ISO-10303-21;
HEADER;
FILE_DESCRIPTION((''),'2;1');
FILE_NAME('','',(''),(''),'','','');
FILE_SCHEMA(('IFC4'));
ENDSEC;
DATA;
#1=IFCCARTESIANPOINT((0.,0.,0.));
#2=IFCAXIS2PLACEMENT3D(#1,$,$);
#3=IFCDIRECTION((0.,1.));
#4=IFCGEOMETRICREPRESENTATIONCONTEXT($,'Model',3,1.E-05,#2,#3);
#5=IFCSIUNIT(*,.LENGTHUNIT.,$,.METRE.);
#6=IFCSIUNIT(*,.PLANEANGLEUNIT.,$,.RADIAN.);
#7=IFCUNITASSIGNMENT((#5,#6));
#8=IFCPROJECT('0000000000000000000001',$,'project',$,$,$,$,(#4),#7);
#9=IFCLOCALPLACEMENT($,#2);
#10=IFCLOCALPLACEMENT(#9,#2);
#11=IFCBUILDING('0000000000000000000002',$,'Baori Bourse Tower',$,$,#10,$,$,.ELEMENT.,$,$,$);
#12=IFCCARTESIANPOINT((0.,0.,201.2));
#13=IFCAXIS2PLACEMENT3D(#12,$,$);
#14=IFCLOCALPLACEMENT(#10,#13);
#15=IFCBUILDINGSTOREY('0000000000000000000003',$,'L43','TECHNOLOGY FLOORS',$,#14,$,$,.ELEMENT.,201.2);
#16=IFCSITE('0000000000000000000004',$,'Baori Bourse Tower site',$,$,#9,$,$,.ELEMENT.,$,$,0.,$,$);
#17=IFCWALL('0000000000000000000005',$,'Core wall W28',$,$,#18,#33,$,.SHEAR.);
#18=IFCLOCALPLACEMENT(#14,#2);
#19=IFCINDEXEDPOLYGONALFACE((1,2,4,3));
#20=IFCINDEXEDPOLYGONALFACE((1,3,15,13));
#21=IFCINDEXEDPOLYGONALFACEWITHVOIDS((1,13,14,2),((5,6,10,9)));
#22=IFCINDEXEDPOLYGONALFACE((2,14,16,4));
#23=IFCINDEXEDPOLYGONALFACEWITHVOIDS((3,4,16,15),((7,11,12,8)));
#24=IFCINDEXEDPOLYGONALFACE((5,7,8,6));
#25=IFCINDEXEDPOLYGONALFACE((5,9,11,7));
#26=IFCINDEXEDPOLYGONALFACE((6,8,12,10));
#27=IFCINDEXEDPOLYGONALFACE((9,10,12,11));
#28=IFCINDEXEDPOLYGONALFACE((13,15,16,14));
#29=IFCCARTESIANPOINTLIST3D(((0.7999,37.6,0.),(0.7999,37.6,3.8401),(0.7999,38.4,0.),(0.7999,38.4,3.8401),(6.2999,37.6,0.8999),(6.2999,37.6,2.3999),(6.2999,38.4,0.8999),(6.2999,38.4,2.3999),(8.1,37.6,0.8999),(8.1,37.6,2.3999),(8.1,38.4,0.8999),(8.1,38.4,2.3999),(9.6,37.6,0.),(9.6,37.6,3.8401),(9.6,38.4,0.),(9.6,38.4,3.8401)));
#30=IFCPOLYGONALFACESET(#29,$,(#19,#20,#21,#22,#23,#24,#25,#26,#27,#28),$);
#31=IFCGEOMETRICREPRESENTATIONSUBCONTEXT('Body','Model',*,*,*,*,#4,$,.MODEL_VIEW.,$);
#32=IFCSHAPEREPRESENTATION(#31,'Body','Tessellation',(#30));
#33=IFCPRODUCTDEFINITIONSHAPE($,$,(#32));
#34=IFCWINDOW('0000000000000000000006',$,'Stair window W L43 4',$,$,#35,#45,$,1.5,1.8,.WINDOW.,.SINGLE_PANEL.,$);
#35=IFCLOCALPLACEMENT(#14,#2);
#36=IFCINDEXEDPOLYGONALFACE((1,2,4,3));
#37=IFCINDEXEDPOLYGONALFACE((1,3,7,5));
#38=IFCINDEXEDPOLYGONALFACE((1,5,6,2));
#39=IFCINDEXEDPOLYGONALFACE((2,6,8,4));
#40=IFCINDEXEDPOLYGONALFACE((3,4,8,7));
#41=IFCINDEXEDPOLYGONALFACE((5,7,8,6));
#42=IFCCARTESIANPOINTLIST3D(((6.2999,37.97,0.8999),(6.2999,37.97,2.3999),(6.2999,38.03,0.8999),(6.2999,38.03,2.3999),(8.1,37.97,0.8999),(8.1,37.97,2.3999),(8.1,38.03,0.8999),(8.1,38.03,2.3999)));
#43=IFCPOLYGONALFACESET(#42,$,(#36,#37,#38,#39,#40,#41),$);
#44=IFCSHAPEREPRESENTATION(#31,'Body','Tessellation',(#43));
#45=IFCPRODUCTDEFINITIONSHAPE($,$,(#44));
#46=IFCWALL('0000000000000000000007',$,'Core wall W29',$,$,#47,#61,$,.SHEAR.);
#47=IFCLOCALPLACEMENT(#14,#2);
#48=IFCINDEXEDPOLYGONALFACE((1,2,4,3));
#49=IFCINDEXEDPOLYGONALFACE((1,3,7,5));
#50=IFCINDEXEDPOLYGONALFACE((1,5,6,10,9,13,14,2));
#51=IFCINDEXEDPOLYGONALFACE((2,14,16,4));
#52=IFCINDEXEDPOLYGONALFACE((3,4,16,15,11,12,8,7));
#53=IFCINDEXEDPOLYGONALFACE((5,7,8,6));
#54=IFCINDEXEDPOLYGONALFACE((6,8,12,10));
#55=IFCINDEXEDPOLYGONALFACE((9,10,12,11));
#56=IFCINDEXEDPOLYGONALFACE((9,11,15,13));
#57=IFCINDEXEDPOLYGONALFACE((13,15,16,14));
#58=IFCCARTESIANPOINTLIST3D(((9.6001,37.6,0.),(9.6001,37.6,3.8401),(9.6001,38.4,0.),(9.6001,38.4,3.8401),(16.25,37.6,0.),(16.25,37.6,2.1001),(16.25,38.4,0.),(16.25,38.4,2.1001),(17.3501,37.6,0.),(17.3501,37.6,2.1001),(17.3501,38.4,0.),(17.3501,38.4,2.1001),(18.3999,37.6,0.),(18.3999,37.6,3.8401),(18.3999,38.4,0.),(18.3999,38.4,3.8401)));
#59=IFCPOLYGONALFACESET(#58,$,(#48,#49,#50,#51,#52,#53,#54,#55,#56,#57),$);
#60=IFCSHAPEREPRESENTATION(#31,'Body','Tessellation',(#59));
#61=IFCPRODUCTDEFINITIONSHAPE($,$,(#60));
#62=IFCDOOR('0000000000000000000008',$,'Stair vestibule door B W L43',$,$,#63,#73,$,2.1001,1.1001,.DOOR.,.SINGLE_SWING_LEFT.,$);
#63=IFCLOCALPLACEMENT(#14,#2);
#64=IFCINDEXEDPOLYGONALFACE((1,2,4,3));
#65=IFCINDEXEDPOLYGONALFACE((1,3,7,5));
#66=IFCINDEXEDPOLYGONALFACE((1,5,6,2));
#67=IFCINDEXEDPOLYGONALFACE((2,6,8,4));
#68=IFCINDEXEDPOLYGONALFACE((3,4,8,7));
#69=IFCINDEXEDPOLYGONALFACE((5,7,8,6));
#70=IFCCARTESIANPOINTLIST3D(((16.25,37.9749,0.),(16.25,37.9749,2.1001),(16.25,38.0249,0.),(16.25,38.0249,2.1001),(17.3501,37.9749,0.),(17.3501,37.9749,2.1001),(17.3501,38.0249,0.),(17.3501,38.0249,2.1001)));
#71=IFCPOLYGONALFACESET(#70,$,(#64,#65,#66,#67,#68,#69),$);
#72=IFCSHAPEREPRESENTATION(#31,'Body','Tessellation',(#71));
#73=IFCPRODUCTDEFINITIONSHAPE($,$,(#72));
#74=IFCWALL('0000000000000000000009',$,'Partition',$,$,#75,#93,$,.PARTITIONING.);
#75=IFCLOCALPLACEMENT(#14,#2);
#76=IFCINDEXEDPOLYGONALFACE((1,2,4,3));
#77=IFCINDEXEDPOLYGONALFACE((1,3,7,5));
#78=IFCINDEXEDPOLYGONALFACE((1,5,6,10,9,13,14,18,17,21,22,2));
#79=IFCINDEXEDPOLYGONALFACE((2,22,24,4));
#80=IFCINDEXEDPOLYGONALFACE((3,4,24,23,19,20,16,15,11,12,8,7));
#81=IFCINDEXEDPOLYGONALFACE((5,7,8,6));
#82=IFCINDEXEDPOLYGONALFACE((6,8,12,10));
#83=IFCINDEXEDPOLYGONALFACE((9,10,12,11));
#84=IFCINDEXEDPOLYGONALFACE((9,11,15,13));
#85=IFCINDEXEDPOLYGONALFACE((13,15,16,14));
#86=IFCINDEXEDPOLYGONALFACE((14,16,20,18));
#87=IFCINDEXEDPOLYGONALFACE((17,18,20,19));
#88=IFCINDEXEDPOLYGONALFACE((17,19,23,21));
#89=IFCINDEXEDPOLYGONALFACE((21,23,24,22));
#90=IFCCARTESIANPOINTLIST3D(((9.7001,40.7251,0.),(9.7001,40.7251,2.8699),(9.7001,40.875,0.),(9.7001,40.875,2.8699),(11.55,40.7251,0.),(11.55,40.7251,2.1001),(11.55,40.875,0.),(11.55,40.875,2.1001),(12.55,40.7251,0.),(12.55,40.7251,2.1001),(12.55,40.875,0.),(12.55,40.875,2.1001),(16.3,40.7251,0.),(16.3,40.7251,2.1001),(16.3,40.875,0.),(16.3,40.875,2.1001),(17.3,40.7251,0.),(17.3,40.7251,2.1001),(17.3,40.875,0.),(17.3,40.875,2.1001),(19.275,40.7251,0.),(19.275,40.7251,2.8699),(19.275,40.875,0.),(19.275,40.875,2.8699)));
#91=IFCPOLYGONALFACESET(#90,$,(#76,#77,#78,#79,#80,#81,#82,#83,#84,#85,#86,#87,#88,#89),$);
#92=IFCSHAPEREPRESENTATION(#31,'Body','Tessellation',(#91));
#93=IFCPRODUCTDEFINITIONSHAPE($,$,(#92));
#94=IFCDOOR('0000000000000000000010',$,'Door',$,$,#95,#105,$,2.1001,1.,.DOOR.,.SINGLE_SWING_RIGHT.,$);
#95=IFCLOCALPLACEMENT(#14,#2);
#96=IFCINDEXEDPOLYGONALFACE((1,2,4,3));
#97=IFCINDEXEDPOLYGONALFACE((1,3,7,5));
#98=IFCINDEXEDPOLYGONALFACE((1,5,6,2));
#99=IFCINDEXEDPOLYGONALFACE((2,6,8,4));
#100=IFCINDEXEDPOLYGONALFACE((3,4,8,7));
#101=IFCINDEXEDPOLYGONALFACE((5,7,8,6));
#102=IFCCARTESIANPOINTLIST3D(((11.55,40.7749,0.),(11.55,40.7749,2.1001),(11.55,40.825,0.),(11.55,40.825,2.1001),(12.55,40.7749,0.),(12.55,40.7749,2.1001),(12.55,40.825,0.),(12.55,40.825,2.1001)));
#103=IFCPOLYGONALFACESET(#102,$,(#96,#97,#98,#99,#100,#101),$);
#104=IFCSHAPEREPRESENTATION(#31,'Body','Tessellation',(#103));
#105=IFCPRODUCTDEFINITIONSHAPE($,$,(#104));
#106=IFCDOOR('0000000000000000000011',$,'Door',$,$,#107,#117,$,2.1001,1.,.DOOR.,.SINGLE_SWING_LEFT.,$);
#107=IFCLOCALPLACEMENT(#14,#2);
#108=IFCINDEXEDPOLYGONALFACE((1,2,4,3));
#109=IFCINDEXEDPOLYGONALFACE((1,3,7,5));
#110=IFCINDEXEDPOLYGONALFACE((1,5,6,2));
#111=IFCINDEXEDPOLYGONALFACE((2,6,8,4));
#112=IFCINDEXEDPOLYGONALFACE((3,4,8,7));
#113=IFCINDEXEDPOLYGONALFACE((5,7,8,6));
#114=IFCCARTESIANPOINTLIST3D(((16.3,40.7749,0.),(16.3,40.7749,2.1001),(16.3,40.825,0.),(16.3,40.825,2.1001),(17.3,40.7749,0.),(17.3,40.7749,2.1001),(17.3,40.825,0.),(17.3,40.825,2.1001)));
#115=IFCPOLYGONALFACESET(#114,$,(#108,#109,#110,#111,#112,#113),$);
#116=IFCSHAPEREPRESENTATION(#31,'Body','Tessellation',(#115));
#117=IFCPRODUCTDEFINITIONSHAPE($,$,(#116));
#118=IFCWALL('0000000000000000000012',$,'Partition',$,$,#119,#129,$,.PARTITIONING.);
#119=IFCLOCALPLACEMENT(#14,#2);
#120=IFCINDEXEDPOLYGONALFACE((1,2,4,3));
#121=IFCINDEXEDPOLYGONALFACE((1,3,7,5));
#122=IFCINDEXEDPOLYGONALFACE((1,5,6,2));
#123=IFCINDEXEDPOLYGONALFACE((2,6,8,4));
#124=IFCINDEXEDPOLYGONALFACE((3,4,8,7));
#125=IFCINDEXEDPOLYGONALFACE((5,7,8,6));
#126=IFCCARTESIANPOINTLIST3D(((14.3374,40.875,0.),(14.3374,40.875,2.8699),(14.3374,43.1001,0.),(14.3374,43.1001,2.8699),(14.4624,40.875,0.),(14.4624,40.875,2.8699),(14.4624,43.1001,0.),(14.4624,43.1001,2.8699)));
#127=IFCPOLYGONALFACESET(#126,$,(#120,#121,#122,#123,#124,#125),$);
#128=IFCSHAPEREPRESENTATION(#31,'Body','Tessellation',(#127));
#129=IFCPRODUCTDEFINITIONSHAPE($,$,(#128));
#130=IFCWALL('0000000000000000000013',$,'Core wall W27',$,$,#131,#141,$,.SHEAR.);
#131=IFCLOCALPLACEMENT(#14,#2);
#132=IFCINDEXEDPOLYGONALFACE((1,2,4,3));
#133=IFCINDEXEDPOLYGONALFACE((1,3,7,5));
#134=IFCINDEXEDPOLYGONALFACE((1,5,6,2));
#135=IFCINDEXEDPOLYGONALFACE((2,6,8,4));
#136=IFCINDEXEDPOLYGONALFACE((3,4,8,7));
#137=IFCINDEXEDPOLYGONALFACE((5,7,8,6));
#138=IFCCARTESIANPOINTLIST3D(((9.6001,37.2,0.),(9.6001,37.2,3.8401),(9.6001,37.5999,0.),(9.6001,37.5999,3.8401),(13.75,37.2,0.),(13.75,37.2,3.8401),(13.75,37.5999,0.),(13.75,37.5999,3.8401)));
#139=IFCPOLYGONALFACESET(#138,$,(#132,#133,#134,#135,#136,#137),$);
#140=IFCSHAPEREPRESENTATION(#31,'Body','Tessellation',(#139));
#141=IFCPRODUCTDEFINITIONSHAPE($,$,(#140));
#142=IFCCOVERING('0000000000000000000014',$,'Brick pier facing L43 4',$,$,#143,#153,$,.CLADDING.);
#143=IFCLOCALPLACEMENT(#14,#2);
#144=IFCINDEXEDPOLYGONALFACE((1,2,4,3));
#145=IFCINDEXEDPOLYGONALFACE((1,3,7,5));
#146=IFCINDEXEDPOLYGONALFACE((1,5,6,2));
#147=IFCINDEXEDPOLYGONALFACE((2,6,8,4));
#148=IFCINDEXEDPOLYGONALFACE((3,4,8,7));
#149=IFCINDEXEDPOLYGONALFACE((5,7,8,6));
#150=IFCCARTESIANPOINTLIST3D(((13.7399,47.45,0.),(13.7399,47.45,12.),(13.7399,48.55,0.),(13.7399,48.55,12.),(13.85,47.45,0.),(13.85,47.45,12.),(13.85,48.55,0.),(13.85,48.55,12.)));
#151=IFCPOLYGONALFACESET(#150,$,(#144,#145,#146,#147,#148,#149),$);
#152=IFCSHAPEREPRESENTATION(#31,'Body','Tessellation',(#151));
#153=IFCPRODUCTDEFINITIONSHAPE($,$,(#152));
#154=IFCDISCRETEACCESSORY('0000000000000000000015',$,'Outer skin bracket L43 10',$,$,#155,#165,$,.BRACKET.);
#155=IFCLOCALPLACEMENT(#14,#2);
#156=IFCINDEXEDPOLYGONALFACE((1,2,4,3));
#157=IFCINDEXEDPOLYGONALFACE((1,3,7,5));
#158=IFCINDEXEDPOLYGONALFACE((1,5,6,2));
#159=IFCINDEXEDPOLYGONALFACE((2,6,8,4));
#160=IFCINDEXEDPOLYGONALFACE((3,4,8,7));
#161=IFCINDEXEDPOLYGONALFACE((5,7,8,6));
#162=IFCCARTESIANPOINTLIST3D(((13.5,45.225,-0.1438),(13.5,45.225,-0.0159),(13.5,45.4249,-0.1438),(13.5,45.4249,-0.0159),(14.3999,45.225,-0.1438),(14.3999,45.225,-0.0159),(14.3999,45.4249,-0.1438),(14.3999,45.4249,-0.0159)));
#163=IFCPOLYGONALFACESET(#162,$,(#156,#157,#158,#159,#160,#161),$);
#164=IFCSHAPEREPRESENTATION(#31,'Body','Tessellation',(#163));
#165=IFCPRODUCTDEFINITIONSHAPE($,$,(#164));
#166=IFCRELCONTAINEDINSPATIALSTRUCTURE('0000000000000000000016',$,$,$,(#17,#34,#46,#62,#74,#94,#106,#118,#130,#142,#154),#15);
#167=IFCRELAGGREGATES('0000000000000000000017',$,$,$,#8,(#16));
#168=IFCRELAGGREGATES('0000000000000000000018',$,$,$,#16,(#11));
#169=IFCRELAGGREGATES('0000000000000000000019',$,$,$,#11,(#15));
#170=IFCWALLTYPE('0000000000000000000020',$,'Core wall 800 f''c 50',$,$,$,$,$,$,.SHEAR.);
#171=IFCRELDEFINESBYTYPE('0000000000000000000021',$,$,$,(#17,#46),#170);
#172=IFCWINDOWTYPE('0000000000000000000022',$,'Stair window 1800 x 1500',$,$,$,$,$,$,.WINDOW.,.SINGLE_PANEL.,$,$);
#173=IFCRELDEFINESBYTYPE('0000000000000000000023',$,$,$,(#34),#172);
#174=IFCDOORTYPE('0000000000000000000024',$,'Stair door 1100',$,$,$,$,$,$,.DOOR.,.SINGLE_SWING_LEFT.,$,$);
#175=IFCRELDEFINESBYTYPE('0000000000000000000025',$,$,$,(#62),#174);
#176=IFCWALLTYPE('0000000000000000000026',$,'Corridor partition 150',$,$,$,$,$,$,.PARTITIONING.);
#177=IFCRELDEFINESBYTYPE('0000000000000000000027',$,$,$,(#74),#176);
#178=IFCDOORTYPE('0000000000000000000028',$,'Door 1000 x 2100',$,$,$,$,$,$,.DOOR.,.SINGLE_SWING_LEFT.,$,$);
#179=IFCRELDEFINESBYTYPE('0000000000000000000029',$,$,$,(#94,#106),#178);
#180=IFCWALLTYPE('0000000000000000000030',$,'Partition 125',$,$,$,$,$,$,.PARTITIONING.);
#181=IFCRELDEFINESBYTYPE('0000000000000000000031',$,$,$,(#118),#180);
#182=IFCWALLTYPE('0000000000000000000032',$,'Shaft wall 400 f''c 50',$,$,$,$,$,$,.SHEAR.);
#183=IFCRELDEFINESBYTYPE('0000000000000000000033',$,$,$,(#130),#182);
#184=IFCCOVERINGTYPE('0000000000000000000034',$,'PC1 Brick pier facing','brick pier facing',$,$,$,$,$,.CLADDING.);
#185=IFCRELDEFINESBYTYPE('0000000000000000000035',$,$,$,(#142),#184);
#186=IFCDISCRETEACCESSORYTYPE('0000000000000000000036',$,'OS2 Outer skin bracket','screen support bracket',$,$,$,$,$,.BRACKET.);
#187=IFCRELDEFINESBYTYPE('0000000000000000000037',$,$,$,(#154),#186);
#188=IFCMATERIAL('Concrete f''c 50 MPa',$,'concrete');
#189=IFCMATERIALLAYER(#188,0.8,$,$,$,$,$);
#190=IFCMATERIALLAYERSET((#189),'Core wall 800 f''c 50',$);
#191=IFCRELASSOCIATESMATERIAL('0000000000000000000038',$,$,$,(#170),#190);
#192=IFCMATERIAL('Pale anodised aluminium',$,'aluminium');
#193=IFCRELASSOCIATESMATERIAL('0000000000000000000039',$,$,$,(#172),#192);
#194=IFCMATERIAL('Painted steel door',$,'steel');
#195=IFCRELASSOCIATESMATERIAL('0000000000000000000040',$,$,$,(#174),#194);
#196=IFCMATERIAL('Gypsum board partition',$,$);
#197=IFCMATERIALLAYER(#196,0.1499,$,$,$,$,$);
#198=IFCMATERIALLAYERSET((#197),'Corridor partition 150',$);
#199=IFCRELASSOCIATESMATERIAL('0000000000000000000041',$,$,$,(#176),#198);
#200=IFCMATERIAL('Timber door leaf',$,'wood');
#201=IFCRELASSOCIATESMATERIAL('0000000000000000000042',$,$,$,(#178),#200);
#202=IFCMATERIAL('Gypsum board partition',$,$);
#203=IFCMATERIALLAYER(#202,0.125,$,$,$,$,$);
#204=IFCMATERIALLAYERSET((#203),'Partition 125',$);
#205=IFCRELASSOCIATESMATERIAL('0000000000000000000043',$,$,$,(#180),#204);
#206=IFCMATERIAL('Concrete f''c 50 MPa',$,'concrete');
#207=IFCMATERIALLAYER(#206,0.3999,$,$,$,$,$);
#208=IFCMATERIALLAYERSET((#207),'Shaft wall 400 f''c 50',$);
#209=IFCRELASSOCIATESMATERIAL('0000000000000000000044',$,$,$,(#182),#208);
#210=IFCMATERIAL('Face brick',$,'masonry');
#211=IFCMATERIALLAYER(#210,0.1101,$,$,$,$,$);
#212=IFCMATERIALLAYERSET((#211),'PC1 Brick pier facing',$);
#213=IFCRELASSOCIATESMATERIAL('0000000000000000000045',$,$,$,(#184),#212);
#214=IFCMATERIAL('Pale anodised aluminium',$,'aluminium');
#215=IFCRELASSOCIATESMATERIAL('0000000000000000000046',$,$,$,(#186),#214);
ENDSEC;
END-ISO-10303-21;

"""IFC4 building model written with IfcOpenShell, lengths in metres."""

from ifc_helpers import new_model, si_unit, direction, frame, frame_2d, origin, origin_2d, place, context, subcontext, project, spatial, rectangle, extrude, material, layer, layer_set, type_object, element, fill, save


model = new_model("IFC4")

# Units and contexts
model_context = context("Model", 3, precision=1e-05, world=origin(), true_north=direction((0.0, 1.0)))
body_context = subcontext(model_context, "Body", "Model", "MODEL_VIEW")
ifc_project = project(units=[si_unit("LENGTHUNIT", "METRE"), si_unit("PLANEANGLEUNIT", "RADIAN")], contexts=[model_context])

# Site, building, storey
site_placement = place(None, origin())
site = spatial("IfcSite", under=ifc_project, at=site_placement, Name="Baori Bourse Tower site", CompositionType="ELEMENT", RefElevation=0.0)
building_placement = place(site_placement, origin())
building = spatial("IfcBuilding", under=site, at=building_placement, Name="Baori Bourse Tower", CompositionType="ELEMENT")
storey_placement = place(building_placement, frame((0.0, 0.0, 201.2)))
storey = spatial("IfcBuildingStorey", under=building, at=storey_placement, Name="L43", Description="TECHNOLOGY FLOORS", CompositionType="ELEMENT", Elevation=201.2)

# Wall, opening, window
ifc_material_1 = material(Name="Concrete f'c 50 MPa", Category="concrete")
ifc_layer_1 = layer(ifc_material_1, 0.8)
ifc_layer_set_1 = layer_set([ifc_layer_1], Name="Core wall 800 f'c 50")
wall_type_1 = type_object("IfcWallType", Name="Core wall 800 f'c 50", PredefinedType="SHEAR", material=ifc_layer_set_1)
wall_1_placement = place(storey_placement, frame((0.8, 38.0, 0.0), z_axis=(0.0, 0.0, 1.0), x_axis=(1.0, 0.0, 0.0)))
wall_1 = element("IfcWall", 1, at=wall_1_placement, inside=storey, type_object=wall_type_1, Name="Core wall W28", PredefinedType="SHEAR", context=body_context, shape_type="SweptSolid", body=[
    extrude(rectangle(XDim=8.8, YDim=0.8, at=frame_2d((4.3999, 0.0))), origin(), (0.0, 0.0, 1.0), 3.8401),
])
opening_1_placement = place(wall_1_placement, frame((5.5, 0.0, 0.8999)))
opening_1 = element("IfcOpeningElement", 2, at=opening_1_placement, cuts=wall_1, PredefinedType="OPENING", context=body_context, shape_type="SweptSolid", body=[
    extrude(rectangle(XDim=1.8, YDim=1.5, at=frame_2d((0.8999, 0.75))), frame((0.0, 0.4099, 0.0), z_axis=(0.0, -1.0, 0.0), x_axis=(1.0, 0.0, 0.0)), (0.0, 0.0, 1.0), 0.8201),
])
ifc_material_2 = material(Name="Pale anodised aluminium", Category="aluminium")
window_type = type_object("IfcWindowType", Name="Stair window 1800 x 1500", PartitioningType="SINGLE_PANEL", PredefinedType="WINDOW", material=ifc_material_2)
window_placement = place(opening_1_placement, origin())
window = element("IfcWindow", 3, at=window_placement, inside=storey, type_object=window_type, Name="Stair window W L43 4", OverallHeight=1.5, OverallWidth=1.8, PartitioningType="SINGLE_PANEL", PredefinedType="WINDOW", context=body_context, shape_type="SweptSolid", body=[
    extrude(rectangle(XDim=1.8, YDim=1.5, at=frame_2d((0.8999, 0.75))), frame((0.0, 0.03, 0.0), z_axis=(0.0, -1.0, 0.0), x_axis=(1.0, 0.0, 0.0)), (0.0, 0.0, 1.0), 0.0601),
])
fill(opening_1, window)

# Wall, opening, door
wall_2_placement = place(storey_placement, frame((9.6001, 38.0, 0.0), z_axis=(0.0, 0.0, 1.0), x_axis=(1.0, 0.0, 0.0)))
wall_2 = element("IfcWall", 4, at=wall_2_placement, inside=storey, type_object=wall_type_1, Name="Core wall W29", PredefinedType="SHEAR", context=body_context, shape_type="SweptSolid", body=[
    extrude(rectangle(XDim=8.7998, YDim=0.8, at=frame_2d((4.3999, 0.0))), origin(), (0.0, 0.0, 1.0), 3.8401),
])
opening_2_placement = place(wall_2_placement, frame((6.6499, 0.0, 0.0)))
opening_2 = element("IfcOpeningElement", 5, at=opening_2_placement, cuts=wall_2, PredefinedType="OPENING", context=body_context, shape_type="SweptSolid", body=[
    extrude(rectangle(XDim=1.1001, YDim=2.1001, at=frame_2d((0.55, 1.05))), frame((0.0, 0.4099, 0.0), z_axis=(0.0, -1.0, 0.0), x_axis=(1.0, 0.0, 0.0)), (0.0, 0.0, 1.0), 0.8201),
])
ifc_material_3 = material(Name="Painted steel door", Category="steel")
door_type_1 = type_object("IfcDoorType", Name="Stair door 1100", OperationType="SINGLE_SWING_LEFT", PredefinedType="DOOR", material=ifc_material_3)
door_1_placement = place(opening_2_placement, origin())
door_1 = element("IfcDoor", 6, at=door_1_placement, inside=storey, type_object=door_type_1, Name="Stair vestibule door B W L43", OperationType="SINGLE_SWING_LEFT", OverallHeight=2.1001, OverallWidth=1.1001, PredefinedType="DOOR", context=body_context, shape_type="SweptSolid", body=[
    extrude(rectangle(XDim=1.1001, YDim=2.1001, at=frame_2d((0.55, 1.05))), frame((0.0, 0.0249, 0.0), z_axis=(0.0, -1.0, 0.0), x_axis=(1.0, 0.0, 0.0)), (0.0, 0.0, 1.0), 0.05),
])
fill(opening_2, door_1)

# Wall, openings, doors
ifc_material_4 = material(Name="Gypsum board partition")
ifc_layer_2 = layer(ifc_material_4, 0.1499)
ifc_layer_set_2 = layer_set([ifc_layer_2], Name="Corridor partition 150")
wall_type_2 = type_object("IfcWallType", Name="Corridor partition 150", PredefinedType="PARTITIONING", material=ifc_layer_set_2)
wall_3_placement = place(storey_placement, frame((9.7, 40.8, 0.0), z_axis=(0.0, 0.0, 1.0), x_axis=(1.0, 0.0, 0.0)))
wall_3 = element("IfcWall", 7, at=wall_3_placement, inside=storey, type_object=wall_type_2, Name="Partition", PredefinedType="PARTITIONING", context=body_context, shape_type="SweptSolid", body=[
    extrude(rectangle(XDim=9.575, YDim=0.1499, at=frame_2d((4.7876, 0.0))), origin(), (0.0, 0.0, 1.0), 2.8699),
])
opening_3_placement = place(wall_3_placement, frame((1.8501, 0.0, 0.0)))
opening_3 = element("IfcOpeningElement", 8, at=opening_3_placement, cuts=wall_3, PredefinedType="OPENING", context=body_context, shape_type="SweptSolid", body=[
    extrude(rectangle(XDim=1.0, YDim=2.1001, at=frame_2d((0.5, 1.05))), frame((0.0, 0.085, 0.0), z_axis=(0.0, -1.0, 0.0), x_axis=(1.0, 0.0, 0.0)), (0.0, 0.0, 1.0), 0.1699),
])
opening_4_placement = place(wall_3_placement, frame((6.6001, 0.0, 0.0)))
opening_4 = element("IfcOpeningElement", 9, at=opening_4_placement, cuts=wall_3, PredefinedType="OPENING", context=body_context, shape_type="SweptSolid", body=[
    extrude(rectangle(XDim=1.0, YDim=2.1001, at=frame_2d((0.5, 1.05))), frame((0.0, 0.085, 0.0), z_axis=(0.0, -1.0, 0.0), x_axis=(1.0, 0.0, 0.0)), (0.0, 0.0, 1.0), 0.1699),
])
ifc_material_5 = material(Name="Timber door leaf", Category="wood")
door_type_2 = type_object("IfcDoorType", Name="Door 1000 x 2100", OperationType="SINGLE_SWING_LEFT", PredefinedType="DOOR", material=ifc_material_5)
door_2_placement = place(opening_3_placement, origin())
door_2 = element("IfcDoor", 10, at=door_2_placement, inside=storey, type_object=door_type_2, Name="Door", OperationType="SINGLE_SWING_RIGHT", OverallHeight=2.1001, OverallWidth=1.0, PredefinedType="DOOR", context=body_context, shape_type="SweptSolid", body=[
    extrude(rectangle(XDim=1.0, YDim=2.1001, at=frame_2d((0.5, 1.05))), frame((0.0, 0.0249, 0.0), z_axis=(0.0, -1.0, 0.0), x_axis=(1.0, 0.0, 0.0)), (0.0, 0.0, 1.0), 0.05),
])
fill(opening_3, door_2)
door_3_placement = place(opening_4_placement, origin())
door_3 = element("IfcDoor", 11, at=door_3_placement, inside=storey, type_object=door_type_2, Name="Door", OperationType="SINGLE_SWING_LEFT", OverallHeight=2.1001, OverallWidth=1.0, PredefinedType="DOOR", context=body_context, shape_type="SweptSolid", body=[
    extrude(rectangle(XDim=1.0, YDim=2.1001, at=frame_2d((0.5, 1.05))), frame((0.0, 0.0249, 0.0), z_axis=(0.0, -1.0, 0.0), x_axis=(1.0, 0.0, 0.0)), (0.0, 0.0, 1.0), 0.05),
])
fill(opening_4, door_3)

# Walls
ifc_material_6 = material(Name="Gypsum board partition")
ifc_layer_3 = layer(ifc_material_6, 0.125)
ifc_layer_set_3 = layer_set([ifc_layer_3], Name="Partition 125")
wall_type_3 = type_object("IfcWallType", Name="Partition 125", PredefinedType="PARTITIONING", material=ifc_layer_set_3)
wall_4_placement = place(storey_placement, frame((14.3999, 40.875, 0.0), z_axis=(0.0, 0.0, 1.0), x_axis=(0.0, 1.0, 0.0)))
element("IfcWall", 12, at=wall_4_placement, inside=storey, type_object=wall_type_3, Name="Partition", PredefinedType="PARTITIONING", context=body_context, shape_type="SweptSolid", body=[
    extrude(rectangle(XDim=2.2251, YDim=0.125, at=frame_2d((1.1125, 0.0))), origin(), (0.0, 0.0, 1.0), 2.8699),
])
ifc_material_7 = material(Name="Concrete f'c 50 MPa", Category="concrete")
ifc_layer_4 = layer(ifc_material_7, 0.3999)
ifc_layer_set_4 = layer_set([ifc_layer_4], Name="Shaft wall 400 f'c 50")
wall_type_4 = type_object("IfcWallType", Name="Shaft wall 400 f'c 50", PredefinedType="SHEAR", material=ifc_layer_set_4)
wall_5_placement = place(storey_placement, frame((9.6001, 37.3999, 0.0), z_axis=(0.0, 0.0, 1.0), x_axis=(1.0, 0.0, 0.0)))
element("IfcWall", 13, at=wall_5_placement, inside=storey, type_object=wall_type_4, Name="Core wall W27", PredefinedType="SHEAR", context=body_context, shape_type="SweptSolid", body=[
    extrude(rectangle(XDim=4.1499, YDim=0.3999, at=frame_2d((2.075, 0.0))), origin(), (0.0, 0.0, 1.0), 3.8401),
])

# Covering
ifc_material_8 = material(Name="Face brick", Category="masonry")
ifc_layer_5 = layer(ifc_material_8, 0.1101)
ifc_layer_set_5 = layer_set([ifc_layer_5], Name="PC1 Brick pier facing")
covering_type = type_object("IfcCoveringType", Name="PC1 Brick pier facing", Description="brick pier facing", PredefinedType="CLADDING", material=ifc_layer_set_5)
covering_placement = place(storey_placement, frame((13.7949, 48.0, 0.0), z_axis=(0.0, 0.0, 1.0), x_axis=(1.0, 0.0, 0.0)))
element("IfcCovering", 14, at=covering_placement, inside=storey, type_object=covering_type, Name="Brick pier facing L43 4", PredefinedType="CLADDING", context=body_context, shape_type="SweptSolid", body=[
    extrude(rectangle(XDim=0.1101, YDim=1.1001, at=origin_2d()), origin(), (0.0, 0.0, 1.0), 12.0),
])

# Discrete accessory
ifc_material_9 = material(Name="Pale anodised aluminium", Category="aluminium")
discrete_accessory_type = type_object("IfcDiscreteAccessoryType", Name="OS2 Outer skin bracket", Description="screen support bracket", PredefinedType="BRACKET", material=ifc_material_9)
for number, where, z_axis, x_axis, name in (
    (15, (13.95, 45.325, -0.1438), (0.0, 0.0, 1.0), (0.0, -1.0, 0.0), "Outer skin bracket L43 10"),
):
    element("IfcDiscreteAccessory", number, at=place(storey_placement, frame(where, z_axis=z_axis, x_axis=x_axis)), inside=storey, type_object=discrete_accessory_type, Name=name, PredefinedType="BRACKET", context=body_context, shape_type="SweptSolid", body=[
        extrude(rectangle(XDim=0.2, YDim=0.8999, at=origin_2d()), origin(), (0.0, 0.0, 1.0), 0.1279),
    ])

save(model, "model.ifc")
